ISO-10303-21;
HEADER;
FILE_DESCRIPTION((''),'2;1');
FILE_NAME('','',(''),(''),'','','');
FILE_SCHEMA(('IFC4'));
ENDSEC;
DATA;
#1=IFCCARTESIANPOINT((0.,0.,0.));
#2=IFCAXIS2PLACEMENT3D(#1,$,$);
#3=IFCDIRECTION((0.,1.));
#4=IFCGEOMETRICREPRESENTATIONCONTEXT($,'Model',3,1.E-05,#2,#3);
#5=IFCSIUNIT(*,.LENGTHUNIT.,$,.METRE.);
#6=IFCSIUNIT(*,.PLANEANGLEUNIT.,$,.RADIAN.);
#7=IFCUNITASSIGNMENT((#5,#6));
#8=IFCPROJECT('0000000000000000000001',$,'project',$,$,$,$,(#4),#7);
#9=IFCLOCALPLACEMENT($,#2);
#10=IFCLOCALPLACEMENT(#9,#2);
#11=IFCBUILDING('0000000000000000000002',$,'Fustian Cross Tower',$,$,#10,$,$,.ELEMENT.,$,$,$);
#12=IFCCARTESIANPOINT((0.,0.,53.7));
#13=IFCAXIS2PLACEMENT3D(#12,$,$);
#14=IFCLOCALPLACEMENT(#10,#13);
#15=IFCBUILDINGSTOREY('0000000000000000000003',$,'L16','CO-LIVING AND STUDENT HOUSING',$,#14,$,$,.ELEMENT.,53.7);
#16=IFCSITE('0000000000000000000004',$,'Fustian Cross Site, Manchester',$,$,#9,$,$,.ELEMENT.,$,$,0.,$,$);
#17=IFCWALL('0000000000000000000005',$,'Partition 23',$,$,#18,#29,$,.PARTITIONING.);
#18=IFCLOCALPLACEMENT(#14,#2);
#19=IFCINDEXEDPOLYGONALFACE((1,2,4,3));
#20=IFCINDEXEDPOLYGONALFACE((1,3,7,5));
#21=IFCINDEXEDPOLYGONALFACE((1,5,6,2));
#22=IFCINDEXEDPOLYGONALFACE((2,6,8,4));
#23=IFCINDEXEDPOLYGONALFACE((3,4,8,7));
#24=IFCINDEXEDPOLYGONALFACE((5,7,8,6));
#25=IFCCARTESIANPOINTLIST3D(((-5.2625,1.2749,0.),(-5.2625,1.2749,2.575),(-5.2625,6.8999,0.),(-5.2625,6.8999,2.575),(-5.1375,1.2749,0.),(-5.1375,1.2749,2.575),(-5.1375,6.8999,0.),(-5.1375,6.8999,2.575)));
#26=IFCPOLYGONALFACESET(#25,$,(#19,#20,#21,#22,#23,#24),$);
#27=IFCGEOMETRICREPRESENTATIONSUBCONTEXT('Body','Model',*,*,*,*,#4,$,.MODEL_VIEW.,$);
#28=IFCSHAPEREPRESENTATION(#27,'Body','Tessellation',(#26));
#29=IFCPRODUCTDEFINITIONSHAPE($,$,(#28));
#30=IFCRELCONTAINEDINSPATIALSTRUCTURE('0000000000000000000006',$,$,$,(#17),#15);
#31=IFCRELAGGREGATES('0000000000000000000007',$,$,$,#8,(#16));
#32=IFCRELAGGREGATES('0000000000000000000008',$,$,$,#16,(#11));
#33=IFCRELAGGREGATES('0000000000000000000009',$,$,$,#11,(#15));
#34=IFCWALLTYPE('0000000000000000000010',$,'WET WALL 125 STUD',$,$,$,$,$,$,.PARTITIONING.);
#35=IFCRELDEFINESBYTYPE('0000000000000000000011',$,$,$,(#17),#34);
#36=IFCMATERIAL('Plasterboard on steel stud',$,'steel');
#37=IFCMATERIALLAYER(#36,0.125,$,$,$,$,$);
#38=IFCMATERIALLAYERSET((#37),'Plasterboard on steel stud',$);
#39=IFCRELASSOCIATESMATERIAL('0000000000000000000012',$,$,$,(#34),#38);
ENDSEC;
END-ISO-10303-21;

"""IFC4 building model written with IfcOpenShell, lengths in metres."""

from ifc_helpers import new_model, si_unit, direction, frame, frame_2d, origin, place, context, subcontext, project, spatial, rectangle, extrude, material, layer, layer_set, type_object, element, save


model = new_model("IFC4")

# Units and contexts
model_context = context("Model", 3, precision=1e-05, world=origin(), true_north=direction((0.0, 1.0)))
body_context = subcontext(model_context, "Body", "Model", "MODEL_VIEW")
ifc_project = project(units=[si_unit("LENGTHUNIT", "METRE"), si_unit("PLANEANGLEUNIT", "RADIAN")], contexts=[model_context])

# Site, building, storey
site_placement = place(None, origin())
site = spatial("IfcSite", under=ifc_project, at=site_placement, Name="Fustian Cross Site, Manchester", CompositionType="ELEMENT", RefElevation=0.0)
building_placement = place(site_placement, origin())
building = spatial("IfcBuilding", under=site, at=building_placement, Name="Fustian Cross Tower", CompositionType="ELEMENT")
storey_placement = place(building_placement, frame((0.0, 0.0, 53.7)))
storey = spatial("IfcBuildingStorey", under=building, at=storey_placement, Name="L16", Description="CO-LIVING AND STUDENT HOUSING", CompositionType="ELEMENT", Elevation=53.7)

# Wall
ifc_material_1 = material(Name="Plasterboard on steel stud", Category="steel")
ifc_layer_1 = layer(ifc_material_1, 0.125)
ifc_layer_set_1 = layer_set([ifc_layer_1], Name="Plasterboard on steel stud")
wall_type_1 = type_object("IfcWallType", Name="WET WALL 125 STUD", PredefinedType="PARTITIONING", material=ifc_layer_set_1)
wall_1_placement = place(storey_placement, frame((-5.2, 1.2749, 0.0), z_axis=(0.0, 0.0, 1.0), x_axis=(0.0, 1.0, 0.0)))
element("IfcWall", 1, at=wall_1_placement, inside=storey, type_object=wall_type_1, Name="Partition 23", PredefinedType="PARTITIONING", context=body_context, shape_type="SweptSolid", body=[
    extrude(rectangle(XDim=5.625, YDim=0.125, at=frame_2d((2.8125, 0.0))), origin(), (0.0, 0.0, 1.0), 2.575),
])

save(model, "model.ifc")
